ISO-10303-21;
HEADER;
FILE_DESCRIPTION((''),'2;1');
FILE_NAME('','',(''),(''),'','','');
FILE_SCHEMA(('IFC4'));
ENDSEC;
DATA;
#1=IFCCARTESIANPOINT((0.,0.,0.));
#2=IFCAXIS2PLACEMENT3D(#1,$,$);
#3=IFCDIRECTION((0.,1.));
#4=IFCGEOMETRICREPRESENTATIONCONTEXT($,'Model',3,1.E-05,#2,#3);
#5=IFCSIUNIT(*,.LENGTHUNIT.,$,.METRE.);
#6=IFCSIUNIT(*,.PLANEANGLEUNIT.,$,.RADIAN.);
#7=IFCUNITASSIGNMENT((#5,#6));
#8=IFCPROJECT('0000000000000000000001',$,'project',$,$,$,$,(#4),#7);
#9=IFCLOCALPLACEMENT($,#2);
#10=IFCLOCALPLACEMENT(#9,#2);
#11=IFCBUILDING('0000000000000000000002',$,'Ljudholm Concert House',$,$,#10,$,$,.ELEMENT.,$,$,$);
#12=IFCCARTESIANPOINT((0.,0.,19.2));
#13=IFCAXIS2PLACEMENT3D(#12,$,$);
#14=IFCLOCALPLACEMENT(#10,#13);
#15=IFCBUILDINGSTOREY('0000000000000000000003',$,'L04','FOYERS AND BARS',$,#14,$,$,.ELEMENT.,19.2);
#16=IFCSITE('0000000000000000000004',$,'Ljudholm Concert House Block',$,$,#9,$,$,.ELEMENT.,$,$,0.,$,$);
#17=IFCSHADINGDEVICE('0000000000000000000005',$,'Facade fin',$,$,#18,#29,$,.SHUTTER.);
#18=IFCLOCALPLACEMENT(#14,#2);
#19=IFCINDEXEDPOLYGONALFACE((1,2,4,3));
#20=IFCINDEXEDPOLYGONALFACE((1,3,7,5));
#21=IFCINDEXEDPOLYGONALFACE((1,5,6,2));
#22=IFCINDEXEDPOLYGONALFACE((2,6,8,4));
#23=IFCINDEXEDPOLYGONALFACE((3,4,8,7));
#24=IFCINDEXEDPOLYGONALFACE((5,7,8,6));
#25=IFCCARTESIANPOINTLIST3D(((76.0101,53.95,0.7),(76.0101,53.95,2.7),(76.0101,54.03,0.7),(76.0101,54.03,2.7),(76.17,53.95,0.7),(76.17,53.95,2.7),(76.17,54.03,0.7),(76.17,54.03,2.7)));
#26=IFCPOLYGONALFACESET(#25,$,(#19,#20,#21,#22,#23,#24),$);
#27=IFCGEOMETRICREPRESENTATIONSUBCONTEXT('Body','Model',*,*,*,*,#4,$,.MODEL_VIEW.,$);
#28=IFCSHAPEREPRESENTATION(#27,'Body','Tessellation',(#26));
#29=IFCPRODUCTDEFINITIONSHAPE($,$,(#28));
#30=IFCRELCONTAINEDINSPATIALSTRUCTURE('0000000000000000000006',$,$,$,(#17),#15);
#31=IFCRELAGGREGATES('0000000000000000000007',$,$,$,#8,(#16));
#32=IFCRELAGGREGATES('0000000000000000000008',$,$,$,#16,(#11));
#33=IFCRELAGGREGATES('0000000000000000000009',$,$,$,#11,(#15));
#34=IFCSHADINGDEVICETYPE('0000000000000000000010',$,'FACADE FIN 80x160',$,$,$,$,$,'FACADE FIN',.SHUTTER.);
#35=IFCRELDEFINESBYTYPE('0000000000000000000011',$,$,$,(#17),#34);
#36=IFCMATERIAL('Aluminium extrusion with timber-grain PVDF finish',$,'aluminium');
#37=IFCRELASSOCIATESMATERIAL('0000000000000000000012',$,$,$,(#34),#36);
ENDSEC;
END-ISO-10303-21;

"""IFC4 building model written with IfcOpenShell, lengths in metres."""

from ifc_helpers import new_model, si_unit, direction, frame, origin, origin_2d, place, context, subcontext, project, spatial, rectangle, extrude, material, type_object, element, save


model = new_model("IFC4")

# Units and contexts
model_context = context("Model", 3, precision=1e-05, world=origin(), true_north=direction((0.0, 1.0)))
body_context = subcontext(model_context, "Body", "Model", "MODEL_VIEW")
ifc_project = project(units=[si_unit("LENGTHUNIT", "METRE"), si_unit("PLANEANGLEUNIT", "RADIAN")], contexts=[model_context])

# Site, building, storey
site_placement = place(None, origin())
site = spatial("IfcSite", under=ifc_project, at=site_placement, Name="Ljudholm Concert House Block", CompositionType="ELEMENT", RefElevation=0.0)
building_placement = place(site_placement, origin())
building = spatial("IfcBuilding", under=site, at=building_placement, Name="Ljudholm Concert House", CompositionType="ELEMENT")
storey_placement = place(building_placement, frame((0.0, 0.0, 19.2)))
storey = spatial("IfcBuildingStorey", under=building, at=storey_placement, Name="L04", Description="FOYERS AND BARS", CompositionType="ELEMENT", Elevation=19.2)

# Shading device
ifc_material_1 = material(Name="Aluminium extrusion with timber-grain PVDF finish", Category="aluminium")
shading_device_type = type_object("IfcShadingDeviceType", Name="FACADE FIN 80x160", ElementType="FACADE FIN", PredefinedType="SHUTTER", material=ifc_material_1)
for number, where, z_axis, x_axis, name in (
    (1, (76.0901, 53.99, 0.7), (0.0, 0.0, 1.0), (0.0, -1.0, 0.0), "Facade fin"),
):
    element("IfcShadingDevice", number, at=place(storey_placement, frame(where, z_axis=z_axis, x_axis=x_axis)), inside=storey, type_object=shading_device_type, Name=name, PredefinedType="SHUTTER", context=body_context, shape_type="SweptSolid", body=[
        extrude(rectangle(XDim=0.0801, YDim=0.1599, at=origin_2d()), origin(), (0.0, 0.0, 1.0), 2.0),
    ])

save(model, "model.ifc")
